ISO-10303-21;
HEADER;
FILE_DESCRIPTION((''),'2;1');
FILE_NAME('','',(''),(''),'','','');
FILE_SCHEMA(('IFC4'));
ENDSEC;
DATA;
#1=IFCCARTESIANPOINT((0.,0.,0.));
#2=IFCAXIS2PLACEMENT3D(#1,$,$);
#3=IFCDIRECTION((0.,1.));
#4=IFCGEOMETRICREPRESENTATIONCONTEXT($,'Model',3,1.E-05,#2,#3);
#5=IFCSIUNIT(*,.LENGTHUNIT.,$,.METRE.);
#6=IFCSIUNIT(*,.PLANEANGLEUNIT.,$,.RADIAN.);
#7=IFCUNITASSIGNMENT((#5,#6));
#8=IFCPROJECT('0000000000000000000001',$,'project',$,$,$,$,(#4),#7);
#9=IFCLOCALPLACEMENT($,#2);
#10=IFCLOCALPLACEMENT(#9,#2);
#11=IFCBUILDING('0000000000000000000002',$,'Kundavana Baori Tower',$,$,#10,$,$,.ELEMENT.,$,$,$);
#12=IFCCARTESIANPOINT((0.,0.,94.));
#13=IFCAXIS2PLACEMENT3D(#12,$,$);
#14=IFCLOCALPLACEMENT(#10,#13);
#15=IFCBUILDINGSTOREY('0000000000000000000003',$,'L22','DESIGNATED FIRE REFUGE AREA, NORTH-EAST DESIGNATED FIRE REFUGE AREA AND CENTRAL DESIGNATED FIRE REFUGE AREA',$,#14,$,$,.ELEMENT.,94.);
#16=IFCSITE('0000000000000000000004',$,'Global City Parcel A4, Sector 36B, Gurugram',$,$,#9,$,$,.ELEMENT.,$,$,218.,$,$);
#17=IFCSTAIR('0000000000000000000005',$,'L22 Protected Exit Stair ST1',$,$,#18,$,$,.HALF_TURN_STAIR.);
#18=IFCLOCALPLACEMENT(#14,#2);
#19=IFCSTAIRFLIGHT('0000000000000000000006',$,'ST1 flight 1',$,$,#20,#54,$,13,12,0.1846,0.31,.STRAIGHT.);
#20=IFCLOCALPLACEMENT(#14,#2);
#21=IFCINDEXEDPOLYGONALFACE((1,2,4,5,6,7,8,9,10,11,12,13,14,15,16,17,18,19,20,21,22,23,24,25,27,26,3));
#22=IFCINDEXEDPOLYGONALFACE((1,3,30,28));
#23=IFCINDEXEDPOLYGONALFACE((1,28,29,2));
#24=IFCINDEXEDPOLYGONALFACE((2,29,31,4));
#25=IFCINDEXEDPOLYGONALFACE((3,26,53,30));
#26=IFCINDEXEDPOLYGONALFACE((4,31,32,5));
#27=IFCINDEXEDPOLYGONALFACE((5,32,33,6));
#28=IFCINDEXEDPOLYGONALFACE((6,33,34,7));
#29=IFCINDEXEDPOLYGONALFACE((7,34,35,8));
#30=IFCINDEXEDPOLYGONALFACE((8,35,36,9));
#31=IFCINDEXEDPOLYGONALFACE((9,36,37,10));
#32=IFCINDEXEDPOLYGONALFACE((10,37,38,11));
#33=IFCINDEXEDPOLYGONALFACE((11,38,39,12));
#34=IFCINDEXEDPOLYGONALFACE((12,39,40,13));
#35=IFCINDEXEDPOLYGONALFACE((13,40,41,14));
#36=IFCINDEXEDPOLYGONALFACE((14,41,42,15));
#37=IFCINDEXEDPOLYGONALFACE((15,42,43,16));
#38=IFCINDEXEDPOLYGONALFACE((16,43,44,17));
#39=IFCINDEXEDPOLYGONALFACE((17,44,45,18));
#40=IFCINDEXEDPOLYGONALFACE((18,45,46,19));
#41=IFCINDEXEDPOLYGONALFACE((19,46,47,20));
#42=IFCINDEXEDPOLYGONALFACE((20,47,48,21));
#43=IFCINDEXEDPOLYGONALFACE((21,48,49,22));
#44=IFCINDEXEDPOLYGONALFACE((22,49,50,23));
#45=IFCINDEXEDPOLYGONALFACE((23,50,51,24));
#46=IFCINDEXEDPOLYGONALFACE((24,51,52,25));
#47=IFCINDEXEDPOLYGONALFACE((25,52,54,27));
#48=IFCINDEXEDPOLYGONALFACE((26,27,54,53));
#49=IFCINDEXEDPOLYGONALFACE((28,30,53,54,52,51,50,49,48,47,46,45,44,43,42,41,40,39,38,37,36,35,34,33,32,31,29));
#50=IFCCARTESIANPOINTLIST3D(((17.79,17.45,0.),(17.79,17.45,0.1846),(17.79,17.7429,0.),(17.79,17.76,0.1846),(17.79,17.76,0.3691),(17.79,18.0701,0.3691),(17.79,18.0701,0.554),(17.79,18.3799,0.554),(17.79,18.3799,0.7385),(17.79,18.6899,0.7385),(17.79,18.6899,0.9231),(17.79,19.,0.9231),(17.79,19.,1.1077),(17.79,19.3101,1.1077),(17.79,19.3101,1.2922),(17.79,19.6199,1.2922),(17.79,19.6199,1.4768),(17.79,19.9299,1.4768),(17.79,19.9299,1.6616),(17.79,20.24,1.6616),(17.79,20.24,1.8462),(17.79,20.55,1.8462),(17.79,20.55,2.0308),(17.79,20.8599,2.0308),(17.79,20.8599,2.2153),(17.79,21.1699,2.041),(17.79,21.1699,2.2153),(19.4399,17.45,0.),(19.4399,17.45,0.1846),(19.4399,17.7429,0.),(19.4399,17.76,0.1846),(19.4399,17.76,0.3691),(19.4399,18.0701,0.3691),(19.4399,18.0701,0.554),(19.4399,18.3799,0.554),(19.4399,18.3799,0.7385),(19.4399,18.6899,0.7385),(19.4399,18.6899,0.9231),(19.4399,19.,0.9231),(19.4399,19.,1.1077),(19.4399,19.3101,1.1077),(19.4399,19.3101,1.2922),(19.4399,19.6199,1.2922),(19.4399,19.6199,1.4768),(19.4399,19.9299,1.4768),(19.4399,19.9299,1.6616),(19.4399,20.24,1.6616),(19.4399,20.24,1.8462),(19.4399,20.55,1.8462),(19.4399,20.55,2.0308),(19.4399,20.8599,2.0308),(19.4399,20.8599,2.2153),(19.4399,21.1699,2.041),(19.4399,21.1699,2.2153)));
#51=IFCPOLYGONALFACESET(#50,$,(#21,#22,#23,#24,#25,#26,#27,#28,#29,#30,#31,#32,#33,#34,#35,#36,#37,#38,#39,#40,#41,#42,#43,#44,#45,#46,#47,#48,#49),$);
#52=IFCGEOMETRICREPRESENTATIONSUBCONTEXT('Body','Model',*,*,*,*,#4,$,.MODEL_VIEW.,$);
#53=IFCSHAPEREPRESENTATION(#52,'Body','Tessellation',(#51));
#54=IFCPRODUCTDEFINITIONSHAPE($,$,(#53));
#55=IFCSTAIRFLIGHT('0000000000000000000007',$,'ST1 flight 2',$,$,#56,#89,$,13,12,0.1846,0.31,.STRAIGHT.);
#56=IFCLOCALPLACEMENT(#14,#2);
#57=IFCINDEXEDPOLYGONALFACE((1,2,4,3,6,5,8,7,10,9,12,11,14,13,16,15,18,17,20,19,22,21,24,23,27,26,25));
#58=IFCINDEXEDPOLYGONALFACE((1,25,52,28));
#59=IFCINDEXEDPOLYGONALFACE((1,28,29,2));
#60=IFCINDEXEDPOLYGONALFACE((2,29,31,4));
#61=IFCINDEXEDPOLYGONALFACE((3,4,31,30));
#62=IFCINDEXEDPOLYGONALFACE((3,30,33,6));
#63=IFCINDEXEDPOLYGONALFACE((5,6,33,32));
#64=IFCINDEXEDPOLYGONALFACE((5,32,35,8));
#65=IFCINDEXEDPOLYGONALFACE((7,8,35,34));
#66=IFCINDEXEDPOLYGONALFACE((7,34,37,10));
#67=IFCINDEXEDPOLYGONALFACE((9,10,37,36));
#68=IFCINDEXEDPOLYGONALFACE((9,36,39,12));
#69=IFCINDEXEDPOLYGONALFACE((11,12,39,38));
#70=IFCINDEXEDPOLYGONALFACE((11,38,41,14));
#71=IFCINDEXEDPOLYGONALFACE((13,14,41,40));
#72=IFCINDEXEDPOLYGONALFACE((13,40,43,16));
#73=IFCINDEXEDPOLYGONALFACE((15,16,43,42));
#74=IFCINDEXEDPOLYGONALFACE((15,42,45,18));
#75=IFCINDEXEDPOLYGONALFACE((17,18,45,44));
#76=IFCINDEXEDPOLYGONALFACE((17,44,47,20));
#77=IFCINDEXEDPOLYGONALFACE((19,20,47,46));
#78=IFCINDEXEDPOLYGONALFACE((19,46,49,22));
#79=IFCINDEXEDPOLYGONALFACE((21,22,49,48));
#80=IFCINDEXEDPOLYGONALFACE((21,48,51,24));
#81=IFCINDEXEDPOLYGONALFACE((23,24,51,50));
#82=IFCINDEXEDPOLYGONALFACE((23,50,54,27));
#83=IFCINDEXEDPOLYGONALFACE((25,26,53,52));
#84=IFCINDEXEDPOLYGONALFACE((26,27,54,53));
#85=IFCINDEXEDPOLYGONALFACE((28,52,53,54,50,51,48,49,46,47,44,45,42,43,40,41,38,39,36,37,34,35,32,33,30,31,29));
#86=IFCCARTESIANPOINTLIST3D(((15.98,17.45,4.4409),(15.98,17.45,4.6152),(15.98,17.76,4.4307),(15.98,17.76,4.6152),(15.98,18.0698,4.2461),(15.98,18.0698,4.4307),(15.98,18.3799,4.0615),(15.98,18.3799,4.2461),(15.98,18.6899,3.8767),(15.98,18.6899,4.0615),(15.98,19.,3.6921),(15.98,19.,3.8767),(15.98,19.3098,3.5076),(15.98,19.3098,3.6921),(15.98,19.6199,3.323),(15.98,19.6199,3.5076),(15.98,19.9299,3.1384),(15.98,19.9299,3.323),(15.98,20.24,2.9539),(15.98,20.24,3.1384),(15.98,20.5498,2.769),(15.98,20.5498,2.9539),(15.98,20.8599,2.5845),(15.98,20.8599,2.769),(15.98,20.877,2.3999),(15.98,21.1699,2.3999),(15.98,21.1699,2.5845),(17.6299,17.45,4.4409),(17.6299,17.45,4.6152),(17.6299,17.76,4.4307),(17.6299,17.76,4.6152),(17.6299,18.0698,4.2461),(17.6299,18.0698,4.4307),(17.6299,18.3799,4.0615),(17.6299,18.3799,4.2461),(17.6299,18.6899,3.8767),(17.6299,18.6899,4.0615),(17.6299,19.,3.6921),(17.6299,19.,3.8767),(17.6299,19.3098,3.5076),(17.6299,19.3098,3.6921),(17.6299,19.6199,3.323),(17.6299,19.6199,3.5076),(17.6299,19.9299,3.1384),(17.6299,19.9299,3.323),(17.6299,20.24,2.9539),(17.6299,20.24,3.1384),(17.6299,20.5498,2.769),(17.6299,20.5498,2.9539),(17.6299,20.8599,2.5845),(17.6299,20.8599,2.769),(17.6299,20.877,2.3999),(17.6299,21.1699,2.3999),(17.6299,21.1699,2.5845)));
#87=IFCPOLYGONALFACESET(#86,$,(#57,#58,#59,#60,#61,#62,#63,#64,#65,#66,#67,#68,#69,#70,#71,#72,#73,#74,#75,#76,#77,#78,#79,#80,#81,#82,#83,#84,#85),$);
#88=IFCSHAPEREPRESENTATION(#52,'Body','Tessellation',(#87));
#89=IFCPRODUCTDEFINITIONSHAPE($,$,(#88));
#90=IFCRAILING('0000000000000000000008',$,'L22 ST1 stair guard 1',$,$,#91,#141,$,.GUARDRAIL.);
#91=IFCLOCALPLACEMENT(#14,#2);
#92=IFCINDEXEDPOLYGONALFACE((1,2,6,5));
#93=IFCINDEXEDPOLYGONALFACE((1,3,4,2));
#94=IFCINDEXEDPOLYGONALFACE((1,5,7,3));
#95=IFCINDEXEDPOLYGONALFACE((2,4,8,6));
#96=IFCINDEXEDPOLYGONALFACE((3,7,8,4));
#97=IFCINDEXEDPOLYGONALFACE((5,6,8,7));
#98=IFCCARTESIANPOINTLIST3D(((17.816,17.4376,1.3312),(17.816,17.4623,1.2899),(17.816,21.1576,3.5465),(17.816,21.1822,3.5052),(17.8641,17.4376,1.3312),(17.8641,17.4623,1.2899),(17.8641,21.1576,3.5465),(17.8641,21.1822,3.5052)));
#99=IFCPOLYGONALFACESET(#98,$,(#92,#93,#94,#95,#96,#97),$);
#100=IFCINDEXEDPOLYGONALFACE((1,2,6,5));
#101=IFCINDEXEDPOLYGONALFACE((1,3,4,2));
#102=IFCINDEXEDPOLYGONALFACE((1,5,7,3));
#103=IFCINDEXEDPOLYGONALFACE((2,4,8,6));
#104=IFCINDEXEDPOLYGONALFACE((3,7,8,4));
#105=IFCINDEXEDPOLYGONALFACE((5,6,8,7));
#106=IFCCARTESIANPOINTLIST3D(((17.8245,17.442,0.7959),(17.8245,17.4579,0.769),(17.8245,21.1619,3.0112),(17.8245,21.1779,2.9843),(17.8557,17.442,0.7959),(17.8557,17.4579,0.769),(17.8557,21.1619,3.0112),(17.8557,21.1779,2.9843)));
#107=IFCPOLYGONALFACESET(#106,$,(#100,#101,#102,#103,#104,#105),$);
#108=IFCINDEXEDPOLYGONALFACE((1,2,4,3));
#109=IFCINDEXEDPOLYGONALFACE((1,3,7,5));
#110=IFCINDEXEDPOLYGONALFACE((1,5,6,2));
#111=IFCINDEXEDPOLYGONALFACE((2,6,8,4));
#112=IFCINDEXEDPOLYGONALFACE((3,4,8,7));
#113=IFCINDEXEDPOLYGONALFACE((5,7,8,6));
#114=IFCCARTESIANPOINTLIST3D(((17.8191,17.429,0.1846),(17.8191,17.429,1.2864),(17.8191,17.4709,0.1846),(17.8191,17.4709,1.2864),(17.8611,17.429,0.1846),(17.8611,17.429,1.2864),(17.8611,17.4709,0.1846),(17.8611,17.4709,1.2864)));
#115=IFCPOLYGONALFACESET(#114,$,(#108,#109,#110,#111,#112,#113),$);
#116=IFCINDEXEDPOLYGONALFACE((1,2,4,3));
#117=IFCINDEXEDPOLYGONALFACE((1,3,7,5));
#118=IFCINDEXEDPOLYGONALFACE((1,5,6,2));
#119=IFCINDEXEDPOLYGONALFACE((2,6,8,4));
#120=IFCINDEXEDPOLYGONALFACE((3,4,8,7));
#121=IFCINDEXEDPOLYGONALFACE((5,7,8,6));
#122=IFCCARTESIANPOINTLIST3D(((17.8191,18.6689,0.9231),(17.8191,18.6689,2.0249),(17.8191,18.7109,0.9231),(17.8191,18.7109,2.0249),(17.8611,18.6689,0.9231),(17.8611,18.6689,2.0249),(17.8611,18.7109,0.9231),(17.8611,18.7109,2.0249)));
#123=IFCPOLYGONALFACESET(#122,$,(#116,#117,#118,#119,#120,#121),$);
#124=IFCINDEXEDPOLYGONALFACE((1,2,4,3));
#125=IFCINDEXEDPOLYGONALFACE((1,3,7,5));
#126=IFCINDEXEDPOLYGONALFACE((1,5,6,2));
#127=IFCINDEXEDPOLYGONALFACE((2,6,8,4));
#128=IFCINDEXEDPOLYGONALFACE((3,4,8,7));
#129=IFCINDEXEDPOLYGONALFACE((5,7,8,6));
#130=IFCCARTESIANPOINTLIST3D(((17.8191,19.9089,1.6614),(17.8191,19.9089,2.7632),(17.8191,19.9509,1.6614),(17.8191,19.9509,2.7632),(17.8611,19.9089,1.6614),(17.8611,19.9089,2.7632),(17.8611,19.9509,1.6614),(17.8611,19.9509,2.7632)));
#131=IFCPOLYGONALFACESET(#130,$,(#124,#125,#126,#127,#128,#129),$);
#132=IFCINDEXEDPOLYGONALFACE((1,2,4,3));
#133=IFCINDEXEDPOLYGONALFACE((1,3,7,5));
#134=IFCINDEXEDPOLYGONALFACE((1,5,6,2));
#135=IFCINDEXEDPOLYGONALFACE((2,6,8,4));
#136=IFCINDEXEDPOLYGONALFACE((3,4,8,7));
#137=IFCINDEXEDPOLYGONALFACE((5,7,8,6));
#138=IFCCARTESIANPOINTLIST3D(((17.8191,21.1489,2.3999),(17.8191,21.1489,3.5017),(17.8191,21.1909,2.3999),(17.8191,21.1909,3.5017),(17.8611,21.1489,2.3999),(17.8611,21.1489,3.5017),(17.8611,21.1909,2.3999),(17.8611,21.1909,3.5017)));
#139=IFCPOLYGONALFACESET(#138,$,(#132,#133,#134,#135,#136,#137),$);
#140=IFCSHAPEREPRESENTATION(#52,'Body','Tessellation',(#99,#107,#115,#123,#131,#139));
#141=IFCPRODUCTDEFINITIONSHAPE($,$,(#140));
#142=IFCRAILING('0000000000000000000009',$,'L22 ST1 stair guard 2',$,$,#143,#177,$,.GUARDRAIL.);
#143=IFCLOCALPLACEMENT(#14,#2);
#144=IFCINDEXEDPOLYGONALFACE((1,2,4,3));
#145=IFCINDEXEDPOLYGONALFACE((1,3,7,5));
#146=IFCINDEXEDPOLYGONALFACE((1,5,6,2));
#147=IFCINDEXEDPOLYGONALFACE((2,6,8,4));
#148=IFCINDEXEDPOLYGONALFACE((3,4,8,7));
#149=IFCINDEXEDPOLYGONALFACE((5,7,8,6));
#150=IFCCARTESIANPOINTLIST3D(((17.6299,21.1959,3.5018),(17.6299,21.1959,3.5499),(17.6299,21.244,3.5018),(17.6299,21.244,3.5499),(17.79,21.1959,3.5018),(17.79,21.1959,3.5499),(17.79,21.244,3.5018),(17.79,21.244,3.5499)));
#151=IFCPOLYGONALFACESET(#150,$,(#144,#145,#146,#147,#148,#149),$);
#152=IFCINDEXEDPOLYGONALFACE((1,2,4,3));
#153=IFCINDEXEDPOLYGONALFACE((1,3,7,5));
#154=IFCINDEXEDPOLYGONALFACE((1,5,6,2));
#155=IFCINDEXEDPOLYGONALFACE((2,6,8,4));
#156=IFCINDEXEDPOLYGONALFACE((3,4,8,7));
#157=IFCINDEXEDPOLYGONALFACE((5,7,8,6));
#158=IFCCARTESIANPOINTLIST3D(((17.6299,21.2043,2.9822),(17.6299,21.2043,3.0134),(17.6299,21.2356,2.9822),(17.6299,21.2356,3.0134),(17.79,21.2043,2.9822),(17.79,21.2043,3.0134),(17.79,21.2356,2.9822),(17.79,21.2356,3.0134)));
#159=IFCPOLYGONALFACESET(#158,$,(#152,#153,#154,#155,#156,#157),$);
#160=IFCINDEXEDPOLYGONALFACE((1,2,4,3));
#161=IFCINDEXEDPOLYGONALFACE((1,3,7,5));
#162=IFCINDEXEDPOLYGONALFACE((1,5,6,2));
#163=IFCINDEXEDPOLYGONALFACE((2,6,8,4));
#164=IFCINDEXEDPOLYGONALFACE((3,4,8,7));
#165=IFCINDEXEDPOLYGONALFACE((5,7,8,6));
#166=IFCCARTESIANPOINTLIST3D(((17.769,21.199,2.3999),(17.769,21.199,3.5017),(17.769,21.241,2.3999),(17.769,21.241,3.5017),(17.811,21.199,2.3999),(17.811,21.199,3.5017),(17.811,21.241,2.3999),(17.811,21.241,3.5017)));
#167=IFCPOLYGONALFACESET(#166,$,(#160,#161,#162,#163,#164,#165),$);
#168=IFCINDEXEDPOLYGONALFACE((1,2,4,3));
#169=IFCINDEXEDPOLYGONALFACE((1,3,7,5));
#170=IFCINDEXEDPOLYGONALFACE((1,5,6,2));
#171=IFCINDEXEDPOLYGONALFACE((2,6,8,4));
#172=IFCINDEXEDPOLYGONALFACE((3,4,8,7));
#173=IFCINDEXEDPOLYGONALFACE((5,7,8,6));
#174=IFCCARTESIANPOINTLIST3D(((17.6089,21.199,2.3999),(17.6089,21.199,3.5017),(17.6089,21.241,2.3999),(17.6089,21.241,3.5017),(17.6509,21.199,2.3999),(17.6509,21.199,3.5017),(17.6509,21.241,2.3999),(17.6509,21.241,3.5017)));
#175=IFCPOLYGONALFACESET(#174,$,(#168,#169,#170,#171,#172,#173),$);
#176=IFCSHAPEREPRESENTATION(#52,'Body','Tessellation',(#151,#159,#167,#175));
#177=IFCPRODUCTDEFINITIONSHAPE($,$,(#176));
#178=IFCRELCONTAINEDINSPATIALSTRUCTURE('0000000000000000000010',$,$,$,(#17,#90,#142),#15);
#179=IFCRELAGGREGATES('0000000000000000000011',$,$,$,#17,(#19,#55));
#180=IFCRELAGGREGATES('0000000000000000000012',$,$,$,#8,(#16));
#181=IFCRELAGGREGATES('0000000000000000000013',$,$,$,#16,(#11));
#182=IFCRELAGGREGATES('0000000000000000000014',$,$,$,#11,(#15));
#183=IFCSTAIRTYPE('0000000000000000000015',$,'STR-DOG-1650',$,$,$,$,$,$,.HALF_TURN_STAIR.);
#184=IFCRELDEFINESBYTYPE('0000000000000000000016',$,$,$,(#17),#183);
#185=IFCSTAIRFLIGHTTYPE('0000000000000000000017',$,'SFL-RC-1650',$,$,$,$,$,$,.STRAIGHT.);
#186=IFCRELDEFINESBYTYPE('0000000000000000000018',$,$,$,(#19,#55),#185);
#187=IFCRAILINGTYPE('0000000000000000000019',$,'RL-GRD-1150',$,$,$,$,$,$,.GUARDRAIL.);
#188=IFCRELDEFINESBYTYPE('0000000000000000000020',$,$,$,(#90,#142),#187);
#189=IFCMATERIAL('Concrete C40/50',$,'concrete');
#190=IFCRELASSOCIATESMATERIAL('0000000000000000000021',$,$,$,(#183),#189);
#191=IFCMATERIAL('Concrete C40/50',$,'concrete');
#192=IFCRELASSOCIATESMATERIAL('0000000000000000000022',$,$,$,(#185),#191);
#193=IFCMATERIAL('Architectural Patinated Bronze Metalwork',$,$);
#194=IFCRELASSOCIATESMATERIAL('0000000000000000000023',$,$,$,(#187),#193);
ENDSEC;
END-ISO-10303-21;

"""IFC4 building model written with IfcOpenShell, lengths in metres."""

from ifc_helpers import new_model, si_unit, direction, frame, origin, origin_2d, place, context, subcontext, project, spatial, polyline, rectangle, outline, extrude, material, type_object, element, aggregate, save


model = new_model("IFC4")

# Units and contexts
model_context = context("Model", 3, precision=1e-05, world=origin(), true_north=direction((0.0, 1.0)))
body_context = subcontext(model_context, "Body", "Model", "MODEL_VIEW")
ifc_project = project(units=[si_unit("LENGTHUNIT", "METRE"), si_unit("PLANEANGLEUNIT", "RADIAN")], contexts=[model_context])

# Site, building, storey
site_placement = place(None, origin())
site = spatial("IfcSite", under=ifc_project, at=site_placement, Name="Global City Parcel A4, Sector 36B, Gurugram", CompositionType="ELEMENT", RefElevation=218.0)
building_placement = place(site_placement, origin())
building = spatial("IfcBuilding", under=site, at=building_placement, Name="Kundavana Baori Tower", CompositionType="ELEMENT")
storey_placement = place(building_placement, frame((0.0, 0.0, 94.0)))
storey = spatial("IfcBuildingStorey", under=building, at=storey_placement, Name="L22", Description="DESIGNATED FIRE REFUGE AREA, NORTH-EAST DESIGNATED FIRE REFUGE AREA AND CENTRAL DESIGNATED FIRE REFUGE AREA", CompositionType="ELEMENT", Elevation=94.0)

# Stair, stair flights
ifc_material_1 = material(Name="Concrete C40/50", Category="concrete")
stair_type = type_object("IfcStairType", Name="STR-DOG-1650", PredefinedType="HALF_TURN_STAIR", material=ifc_material_1)
stair_placement = place(storey_placement, origin())
stair = element("IfcStair", 1, at=stair_placement, inside=storey, type_object=stair_type, Name="L22 Protected Exit Stair ST1", PredefinedType="HALF_TURN_STAIR")
ifc_material_2 = material(Name="Concrete C40/50", Category="concrete")
stair_flight_type = type_object("IfcStairFlightType", Name="SFL-RC-1650", PredefinedType="STRAIGHT", material=ifc_material_2)
stair_flight_1_placement = place(storey_placement, frame((18.615, 17.45, 0.0), z_axis=(0.0, 0.0, 1.0), x_axis=(0.0, 1.0, 0.0)))
stair_flight_1 = element("IfcStairFlight", 2, at=stair_flight_1_placement, type_object=stair_flight_type, Name="ST1 flight 1", NumberOfRisers=13, NumberOfTreads=12, PredefinedType="STRAIGHT", RiserHeight=0.1846, TreadLength=0.31, context=body_context, shape_type="SweptSolid", body=[
    extrude(outline(polyline([(0.0, 0.0), (0.0, 0.1846), (0.3101, 0.1846), (0.3101, 0.3691), (0.6201, 0.3691), (0.6201, 0.554), (0.9299, 0.554), (0.9299, 0.7385), (1.24, 0.7385), (1.24, 0.9231), (1.55, 0.9231), (1.55, 1.1077), (1.8601, 1.1077), (1.8601, 1.2922), (2.1699, 1.2922), (2.1699, 1.4768), (2.48, 1.4768), (2.48, 1.6616), (2.79, 1.6616), (2.79, 1.8462), (3.1001, 1.8462), (3.1001, 2.0308), (3.4099, 2.0308), (3.4099, 2.2153), (3.72, 2.2153), (3.72, 2.3999), (3.72, 2.041), (0.293, 0.0), (0.0, 0.0)])), frame((0.0, 0.825, 0.0), z_axis=(0.0, -1.0, 0.0), x_axis=(1.0, 0.0, 0.0)), (0.0, 0.0, 1.0), 1.6499),
])
stair_flight_2_placement = place(storey_placement, frame((16.8049, 21.1699, 2.3999), z_axis=(0.0, 0.0, 1.0), x_axis=(0.0, -1.0, 0.0)))
stair_flight_2 = element("IfcStairFlight", 3, at=stair_flight_2_placement, type_object=stair_flight_type, Name="ST1 flight 2", NumberOfRisers=13, NumberOfTreads=12, PredefinedType="STRAIGHT", RiserHeight=0.1846, TreadLength=0.31, context=body_context, shape_type="SweptSolid", body=[
    extrude(outline(polyline([(0.0, 0.0), (0.0, 0.1846), (0.3101, 0.1846), (0.3101, 0.3691), (0.6201, 0.3691), (0.6201, 0.554), (0.9299, 0.554), (0.9299, 0.7385), (1.24, 0.7385), (1.24, 0.9231), (1.55, 0.9231), (1.55, 1.1077), (1.8601, 1.1077), (1.8601, 1.2922), (2.1699, 1.2922), (2.1699, 1.4768), (2.48, 1.4768), (2.48, 1.6616), (2.79, 1.6616), (2.79, 1.8462), (3.1001, 1.8462), (3.1001, 2.0308), (3.4099, 2.0308), (3.4099, 2.2153), (3.72, 2.2153), (3.72, 2.3999), (3.72, 2.041), (0.293, 0.0), (0.0, 0.0)])), frame((0.0, 0.825, 0.0), z_axis=(0.0, -1.0, 0.0), x_axis=(1.0, 0.0, 0.0)), (0.0, 0.0, 1.0), 1.6499),
])
aggregate(stair, [stair_flight_1, stair_flight_2])

# Railings
ifc_material_3 = material(Name="Architectural Patinated Bronze Metalwork")
railing_type_1 = type_object("IfcRailingType", Name="RL-GRD-1150", PredefinedType="GUARDRAIL", material=ifc_material_3)
railing_1_placement = place(storey_placement, frame((17.8401, 17.45, 0.1846)))
element("IfcRailing", 4, at=railing_1_placement, inside=storey, type_object=railing_type_1, Name="L22 ST1 stair guard 1", PredefinedType="GUARDRAIL", context=body_context, shape_type="SweptSolid", body=[
    extrude(rectangle(XDim=0.0481, YDim=0.0481, at=origin_2d()), frame((0.0, 0.0, 1.126), z_axis=(0.0, 0.859185, 0.511665), x_axis=(-1.0, 0.0, 0.0)), (0.0, 0.0, 1.0), 4.3296),
    extrude(rectangle(XDim=0.0312, YDim=0.0312, at=origin_2d()), frame((0.0, 0.0, 0.5979), z_axis=(0.0, 0.859185, 0.511665), x_axis=(-1.0, 0.0, 0.0)), (0.0, 0.0, 1.0), 4.3296),
    extrude(rectangle(XDim=0.042, YDim=0.042, at=origin_2d()), origin(), (0.0, 0.0, 1.0), 1.1018),
    extrude(rectangle(XDim=0.042, YDim=0.042, at=origin_2d()), frame((0.0, 1.24, 0.7385)), (0.0, 0.0, 1.0), 1.1018),
    extrude(rectangle(XDim=0.042, YDim=0.042, at=origin_2d()), frame((0.0, 2.48, 1.4768)), (0.0, 0.0, 1.0), 1.1018),
    extrude(rectangle(XDim=0.042, YDim=0.042, at=origin_2d()), frame((0.0, 3.72, 2.2153)), (0.0, 0.0, 1.0), 1.1018),
])
railing_2_placement = place(storey_placement, frame((17.79, 21.22, 2.3999)))
element("IfcRailing", 5, at=railing_2_placement, inside=storey, type_object=railing_type_1, Name="L22 ST1 stair guard 2", PredefinedType="GUARDRAIL", context=body_context, shape_type="SweptSolid", body=[
    extrude(rectangle(XDim=0.0481, YDim=0.0481, at=origin_2d()), frame((0.0, 0.0, 1.126), z_axis=(-1.0, 0.0, 0.0), x_axis=(0.0, -1.0, 0.0)), (0.0, 0.0, 1.0), 0.1602),
    extrude(rectangle(XDim=0.0312, YDim=0.0312, at=origin_2d()), frame((0.0, 0.0, 0.5979), z_axis=(-1.0, 0.0, 0.0), x_axis=(0.0, -1.0, 0.0)), (0.0, 0.0, 1.0), 0.1602),
    extrude(rectangle(XDim=0.042, YDim=0.042, at=origin_2d()), origin(), (0.0, 0.0, 1.0), 1.1018),
    extrude(rectangle(XDim=0.042, YDim=0.042, at=origin_2d()), frame((-0.1602, 0.0, 0.0)), (0.0, 0.0, 1.0), 1.1018),
])

save(model, "model.ifc")
